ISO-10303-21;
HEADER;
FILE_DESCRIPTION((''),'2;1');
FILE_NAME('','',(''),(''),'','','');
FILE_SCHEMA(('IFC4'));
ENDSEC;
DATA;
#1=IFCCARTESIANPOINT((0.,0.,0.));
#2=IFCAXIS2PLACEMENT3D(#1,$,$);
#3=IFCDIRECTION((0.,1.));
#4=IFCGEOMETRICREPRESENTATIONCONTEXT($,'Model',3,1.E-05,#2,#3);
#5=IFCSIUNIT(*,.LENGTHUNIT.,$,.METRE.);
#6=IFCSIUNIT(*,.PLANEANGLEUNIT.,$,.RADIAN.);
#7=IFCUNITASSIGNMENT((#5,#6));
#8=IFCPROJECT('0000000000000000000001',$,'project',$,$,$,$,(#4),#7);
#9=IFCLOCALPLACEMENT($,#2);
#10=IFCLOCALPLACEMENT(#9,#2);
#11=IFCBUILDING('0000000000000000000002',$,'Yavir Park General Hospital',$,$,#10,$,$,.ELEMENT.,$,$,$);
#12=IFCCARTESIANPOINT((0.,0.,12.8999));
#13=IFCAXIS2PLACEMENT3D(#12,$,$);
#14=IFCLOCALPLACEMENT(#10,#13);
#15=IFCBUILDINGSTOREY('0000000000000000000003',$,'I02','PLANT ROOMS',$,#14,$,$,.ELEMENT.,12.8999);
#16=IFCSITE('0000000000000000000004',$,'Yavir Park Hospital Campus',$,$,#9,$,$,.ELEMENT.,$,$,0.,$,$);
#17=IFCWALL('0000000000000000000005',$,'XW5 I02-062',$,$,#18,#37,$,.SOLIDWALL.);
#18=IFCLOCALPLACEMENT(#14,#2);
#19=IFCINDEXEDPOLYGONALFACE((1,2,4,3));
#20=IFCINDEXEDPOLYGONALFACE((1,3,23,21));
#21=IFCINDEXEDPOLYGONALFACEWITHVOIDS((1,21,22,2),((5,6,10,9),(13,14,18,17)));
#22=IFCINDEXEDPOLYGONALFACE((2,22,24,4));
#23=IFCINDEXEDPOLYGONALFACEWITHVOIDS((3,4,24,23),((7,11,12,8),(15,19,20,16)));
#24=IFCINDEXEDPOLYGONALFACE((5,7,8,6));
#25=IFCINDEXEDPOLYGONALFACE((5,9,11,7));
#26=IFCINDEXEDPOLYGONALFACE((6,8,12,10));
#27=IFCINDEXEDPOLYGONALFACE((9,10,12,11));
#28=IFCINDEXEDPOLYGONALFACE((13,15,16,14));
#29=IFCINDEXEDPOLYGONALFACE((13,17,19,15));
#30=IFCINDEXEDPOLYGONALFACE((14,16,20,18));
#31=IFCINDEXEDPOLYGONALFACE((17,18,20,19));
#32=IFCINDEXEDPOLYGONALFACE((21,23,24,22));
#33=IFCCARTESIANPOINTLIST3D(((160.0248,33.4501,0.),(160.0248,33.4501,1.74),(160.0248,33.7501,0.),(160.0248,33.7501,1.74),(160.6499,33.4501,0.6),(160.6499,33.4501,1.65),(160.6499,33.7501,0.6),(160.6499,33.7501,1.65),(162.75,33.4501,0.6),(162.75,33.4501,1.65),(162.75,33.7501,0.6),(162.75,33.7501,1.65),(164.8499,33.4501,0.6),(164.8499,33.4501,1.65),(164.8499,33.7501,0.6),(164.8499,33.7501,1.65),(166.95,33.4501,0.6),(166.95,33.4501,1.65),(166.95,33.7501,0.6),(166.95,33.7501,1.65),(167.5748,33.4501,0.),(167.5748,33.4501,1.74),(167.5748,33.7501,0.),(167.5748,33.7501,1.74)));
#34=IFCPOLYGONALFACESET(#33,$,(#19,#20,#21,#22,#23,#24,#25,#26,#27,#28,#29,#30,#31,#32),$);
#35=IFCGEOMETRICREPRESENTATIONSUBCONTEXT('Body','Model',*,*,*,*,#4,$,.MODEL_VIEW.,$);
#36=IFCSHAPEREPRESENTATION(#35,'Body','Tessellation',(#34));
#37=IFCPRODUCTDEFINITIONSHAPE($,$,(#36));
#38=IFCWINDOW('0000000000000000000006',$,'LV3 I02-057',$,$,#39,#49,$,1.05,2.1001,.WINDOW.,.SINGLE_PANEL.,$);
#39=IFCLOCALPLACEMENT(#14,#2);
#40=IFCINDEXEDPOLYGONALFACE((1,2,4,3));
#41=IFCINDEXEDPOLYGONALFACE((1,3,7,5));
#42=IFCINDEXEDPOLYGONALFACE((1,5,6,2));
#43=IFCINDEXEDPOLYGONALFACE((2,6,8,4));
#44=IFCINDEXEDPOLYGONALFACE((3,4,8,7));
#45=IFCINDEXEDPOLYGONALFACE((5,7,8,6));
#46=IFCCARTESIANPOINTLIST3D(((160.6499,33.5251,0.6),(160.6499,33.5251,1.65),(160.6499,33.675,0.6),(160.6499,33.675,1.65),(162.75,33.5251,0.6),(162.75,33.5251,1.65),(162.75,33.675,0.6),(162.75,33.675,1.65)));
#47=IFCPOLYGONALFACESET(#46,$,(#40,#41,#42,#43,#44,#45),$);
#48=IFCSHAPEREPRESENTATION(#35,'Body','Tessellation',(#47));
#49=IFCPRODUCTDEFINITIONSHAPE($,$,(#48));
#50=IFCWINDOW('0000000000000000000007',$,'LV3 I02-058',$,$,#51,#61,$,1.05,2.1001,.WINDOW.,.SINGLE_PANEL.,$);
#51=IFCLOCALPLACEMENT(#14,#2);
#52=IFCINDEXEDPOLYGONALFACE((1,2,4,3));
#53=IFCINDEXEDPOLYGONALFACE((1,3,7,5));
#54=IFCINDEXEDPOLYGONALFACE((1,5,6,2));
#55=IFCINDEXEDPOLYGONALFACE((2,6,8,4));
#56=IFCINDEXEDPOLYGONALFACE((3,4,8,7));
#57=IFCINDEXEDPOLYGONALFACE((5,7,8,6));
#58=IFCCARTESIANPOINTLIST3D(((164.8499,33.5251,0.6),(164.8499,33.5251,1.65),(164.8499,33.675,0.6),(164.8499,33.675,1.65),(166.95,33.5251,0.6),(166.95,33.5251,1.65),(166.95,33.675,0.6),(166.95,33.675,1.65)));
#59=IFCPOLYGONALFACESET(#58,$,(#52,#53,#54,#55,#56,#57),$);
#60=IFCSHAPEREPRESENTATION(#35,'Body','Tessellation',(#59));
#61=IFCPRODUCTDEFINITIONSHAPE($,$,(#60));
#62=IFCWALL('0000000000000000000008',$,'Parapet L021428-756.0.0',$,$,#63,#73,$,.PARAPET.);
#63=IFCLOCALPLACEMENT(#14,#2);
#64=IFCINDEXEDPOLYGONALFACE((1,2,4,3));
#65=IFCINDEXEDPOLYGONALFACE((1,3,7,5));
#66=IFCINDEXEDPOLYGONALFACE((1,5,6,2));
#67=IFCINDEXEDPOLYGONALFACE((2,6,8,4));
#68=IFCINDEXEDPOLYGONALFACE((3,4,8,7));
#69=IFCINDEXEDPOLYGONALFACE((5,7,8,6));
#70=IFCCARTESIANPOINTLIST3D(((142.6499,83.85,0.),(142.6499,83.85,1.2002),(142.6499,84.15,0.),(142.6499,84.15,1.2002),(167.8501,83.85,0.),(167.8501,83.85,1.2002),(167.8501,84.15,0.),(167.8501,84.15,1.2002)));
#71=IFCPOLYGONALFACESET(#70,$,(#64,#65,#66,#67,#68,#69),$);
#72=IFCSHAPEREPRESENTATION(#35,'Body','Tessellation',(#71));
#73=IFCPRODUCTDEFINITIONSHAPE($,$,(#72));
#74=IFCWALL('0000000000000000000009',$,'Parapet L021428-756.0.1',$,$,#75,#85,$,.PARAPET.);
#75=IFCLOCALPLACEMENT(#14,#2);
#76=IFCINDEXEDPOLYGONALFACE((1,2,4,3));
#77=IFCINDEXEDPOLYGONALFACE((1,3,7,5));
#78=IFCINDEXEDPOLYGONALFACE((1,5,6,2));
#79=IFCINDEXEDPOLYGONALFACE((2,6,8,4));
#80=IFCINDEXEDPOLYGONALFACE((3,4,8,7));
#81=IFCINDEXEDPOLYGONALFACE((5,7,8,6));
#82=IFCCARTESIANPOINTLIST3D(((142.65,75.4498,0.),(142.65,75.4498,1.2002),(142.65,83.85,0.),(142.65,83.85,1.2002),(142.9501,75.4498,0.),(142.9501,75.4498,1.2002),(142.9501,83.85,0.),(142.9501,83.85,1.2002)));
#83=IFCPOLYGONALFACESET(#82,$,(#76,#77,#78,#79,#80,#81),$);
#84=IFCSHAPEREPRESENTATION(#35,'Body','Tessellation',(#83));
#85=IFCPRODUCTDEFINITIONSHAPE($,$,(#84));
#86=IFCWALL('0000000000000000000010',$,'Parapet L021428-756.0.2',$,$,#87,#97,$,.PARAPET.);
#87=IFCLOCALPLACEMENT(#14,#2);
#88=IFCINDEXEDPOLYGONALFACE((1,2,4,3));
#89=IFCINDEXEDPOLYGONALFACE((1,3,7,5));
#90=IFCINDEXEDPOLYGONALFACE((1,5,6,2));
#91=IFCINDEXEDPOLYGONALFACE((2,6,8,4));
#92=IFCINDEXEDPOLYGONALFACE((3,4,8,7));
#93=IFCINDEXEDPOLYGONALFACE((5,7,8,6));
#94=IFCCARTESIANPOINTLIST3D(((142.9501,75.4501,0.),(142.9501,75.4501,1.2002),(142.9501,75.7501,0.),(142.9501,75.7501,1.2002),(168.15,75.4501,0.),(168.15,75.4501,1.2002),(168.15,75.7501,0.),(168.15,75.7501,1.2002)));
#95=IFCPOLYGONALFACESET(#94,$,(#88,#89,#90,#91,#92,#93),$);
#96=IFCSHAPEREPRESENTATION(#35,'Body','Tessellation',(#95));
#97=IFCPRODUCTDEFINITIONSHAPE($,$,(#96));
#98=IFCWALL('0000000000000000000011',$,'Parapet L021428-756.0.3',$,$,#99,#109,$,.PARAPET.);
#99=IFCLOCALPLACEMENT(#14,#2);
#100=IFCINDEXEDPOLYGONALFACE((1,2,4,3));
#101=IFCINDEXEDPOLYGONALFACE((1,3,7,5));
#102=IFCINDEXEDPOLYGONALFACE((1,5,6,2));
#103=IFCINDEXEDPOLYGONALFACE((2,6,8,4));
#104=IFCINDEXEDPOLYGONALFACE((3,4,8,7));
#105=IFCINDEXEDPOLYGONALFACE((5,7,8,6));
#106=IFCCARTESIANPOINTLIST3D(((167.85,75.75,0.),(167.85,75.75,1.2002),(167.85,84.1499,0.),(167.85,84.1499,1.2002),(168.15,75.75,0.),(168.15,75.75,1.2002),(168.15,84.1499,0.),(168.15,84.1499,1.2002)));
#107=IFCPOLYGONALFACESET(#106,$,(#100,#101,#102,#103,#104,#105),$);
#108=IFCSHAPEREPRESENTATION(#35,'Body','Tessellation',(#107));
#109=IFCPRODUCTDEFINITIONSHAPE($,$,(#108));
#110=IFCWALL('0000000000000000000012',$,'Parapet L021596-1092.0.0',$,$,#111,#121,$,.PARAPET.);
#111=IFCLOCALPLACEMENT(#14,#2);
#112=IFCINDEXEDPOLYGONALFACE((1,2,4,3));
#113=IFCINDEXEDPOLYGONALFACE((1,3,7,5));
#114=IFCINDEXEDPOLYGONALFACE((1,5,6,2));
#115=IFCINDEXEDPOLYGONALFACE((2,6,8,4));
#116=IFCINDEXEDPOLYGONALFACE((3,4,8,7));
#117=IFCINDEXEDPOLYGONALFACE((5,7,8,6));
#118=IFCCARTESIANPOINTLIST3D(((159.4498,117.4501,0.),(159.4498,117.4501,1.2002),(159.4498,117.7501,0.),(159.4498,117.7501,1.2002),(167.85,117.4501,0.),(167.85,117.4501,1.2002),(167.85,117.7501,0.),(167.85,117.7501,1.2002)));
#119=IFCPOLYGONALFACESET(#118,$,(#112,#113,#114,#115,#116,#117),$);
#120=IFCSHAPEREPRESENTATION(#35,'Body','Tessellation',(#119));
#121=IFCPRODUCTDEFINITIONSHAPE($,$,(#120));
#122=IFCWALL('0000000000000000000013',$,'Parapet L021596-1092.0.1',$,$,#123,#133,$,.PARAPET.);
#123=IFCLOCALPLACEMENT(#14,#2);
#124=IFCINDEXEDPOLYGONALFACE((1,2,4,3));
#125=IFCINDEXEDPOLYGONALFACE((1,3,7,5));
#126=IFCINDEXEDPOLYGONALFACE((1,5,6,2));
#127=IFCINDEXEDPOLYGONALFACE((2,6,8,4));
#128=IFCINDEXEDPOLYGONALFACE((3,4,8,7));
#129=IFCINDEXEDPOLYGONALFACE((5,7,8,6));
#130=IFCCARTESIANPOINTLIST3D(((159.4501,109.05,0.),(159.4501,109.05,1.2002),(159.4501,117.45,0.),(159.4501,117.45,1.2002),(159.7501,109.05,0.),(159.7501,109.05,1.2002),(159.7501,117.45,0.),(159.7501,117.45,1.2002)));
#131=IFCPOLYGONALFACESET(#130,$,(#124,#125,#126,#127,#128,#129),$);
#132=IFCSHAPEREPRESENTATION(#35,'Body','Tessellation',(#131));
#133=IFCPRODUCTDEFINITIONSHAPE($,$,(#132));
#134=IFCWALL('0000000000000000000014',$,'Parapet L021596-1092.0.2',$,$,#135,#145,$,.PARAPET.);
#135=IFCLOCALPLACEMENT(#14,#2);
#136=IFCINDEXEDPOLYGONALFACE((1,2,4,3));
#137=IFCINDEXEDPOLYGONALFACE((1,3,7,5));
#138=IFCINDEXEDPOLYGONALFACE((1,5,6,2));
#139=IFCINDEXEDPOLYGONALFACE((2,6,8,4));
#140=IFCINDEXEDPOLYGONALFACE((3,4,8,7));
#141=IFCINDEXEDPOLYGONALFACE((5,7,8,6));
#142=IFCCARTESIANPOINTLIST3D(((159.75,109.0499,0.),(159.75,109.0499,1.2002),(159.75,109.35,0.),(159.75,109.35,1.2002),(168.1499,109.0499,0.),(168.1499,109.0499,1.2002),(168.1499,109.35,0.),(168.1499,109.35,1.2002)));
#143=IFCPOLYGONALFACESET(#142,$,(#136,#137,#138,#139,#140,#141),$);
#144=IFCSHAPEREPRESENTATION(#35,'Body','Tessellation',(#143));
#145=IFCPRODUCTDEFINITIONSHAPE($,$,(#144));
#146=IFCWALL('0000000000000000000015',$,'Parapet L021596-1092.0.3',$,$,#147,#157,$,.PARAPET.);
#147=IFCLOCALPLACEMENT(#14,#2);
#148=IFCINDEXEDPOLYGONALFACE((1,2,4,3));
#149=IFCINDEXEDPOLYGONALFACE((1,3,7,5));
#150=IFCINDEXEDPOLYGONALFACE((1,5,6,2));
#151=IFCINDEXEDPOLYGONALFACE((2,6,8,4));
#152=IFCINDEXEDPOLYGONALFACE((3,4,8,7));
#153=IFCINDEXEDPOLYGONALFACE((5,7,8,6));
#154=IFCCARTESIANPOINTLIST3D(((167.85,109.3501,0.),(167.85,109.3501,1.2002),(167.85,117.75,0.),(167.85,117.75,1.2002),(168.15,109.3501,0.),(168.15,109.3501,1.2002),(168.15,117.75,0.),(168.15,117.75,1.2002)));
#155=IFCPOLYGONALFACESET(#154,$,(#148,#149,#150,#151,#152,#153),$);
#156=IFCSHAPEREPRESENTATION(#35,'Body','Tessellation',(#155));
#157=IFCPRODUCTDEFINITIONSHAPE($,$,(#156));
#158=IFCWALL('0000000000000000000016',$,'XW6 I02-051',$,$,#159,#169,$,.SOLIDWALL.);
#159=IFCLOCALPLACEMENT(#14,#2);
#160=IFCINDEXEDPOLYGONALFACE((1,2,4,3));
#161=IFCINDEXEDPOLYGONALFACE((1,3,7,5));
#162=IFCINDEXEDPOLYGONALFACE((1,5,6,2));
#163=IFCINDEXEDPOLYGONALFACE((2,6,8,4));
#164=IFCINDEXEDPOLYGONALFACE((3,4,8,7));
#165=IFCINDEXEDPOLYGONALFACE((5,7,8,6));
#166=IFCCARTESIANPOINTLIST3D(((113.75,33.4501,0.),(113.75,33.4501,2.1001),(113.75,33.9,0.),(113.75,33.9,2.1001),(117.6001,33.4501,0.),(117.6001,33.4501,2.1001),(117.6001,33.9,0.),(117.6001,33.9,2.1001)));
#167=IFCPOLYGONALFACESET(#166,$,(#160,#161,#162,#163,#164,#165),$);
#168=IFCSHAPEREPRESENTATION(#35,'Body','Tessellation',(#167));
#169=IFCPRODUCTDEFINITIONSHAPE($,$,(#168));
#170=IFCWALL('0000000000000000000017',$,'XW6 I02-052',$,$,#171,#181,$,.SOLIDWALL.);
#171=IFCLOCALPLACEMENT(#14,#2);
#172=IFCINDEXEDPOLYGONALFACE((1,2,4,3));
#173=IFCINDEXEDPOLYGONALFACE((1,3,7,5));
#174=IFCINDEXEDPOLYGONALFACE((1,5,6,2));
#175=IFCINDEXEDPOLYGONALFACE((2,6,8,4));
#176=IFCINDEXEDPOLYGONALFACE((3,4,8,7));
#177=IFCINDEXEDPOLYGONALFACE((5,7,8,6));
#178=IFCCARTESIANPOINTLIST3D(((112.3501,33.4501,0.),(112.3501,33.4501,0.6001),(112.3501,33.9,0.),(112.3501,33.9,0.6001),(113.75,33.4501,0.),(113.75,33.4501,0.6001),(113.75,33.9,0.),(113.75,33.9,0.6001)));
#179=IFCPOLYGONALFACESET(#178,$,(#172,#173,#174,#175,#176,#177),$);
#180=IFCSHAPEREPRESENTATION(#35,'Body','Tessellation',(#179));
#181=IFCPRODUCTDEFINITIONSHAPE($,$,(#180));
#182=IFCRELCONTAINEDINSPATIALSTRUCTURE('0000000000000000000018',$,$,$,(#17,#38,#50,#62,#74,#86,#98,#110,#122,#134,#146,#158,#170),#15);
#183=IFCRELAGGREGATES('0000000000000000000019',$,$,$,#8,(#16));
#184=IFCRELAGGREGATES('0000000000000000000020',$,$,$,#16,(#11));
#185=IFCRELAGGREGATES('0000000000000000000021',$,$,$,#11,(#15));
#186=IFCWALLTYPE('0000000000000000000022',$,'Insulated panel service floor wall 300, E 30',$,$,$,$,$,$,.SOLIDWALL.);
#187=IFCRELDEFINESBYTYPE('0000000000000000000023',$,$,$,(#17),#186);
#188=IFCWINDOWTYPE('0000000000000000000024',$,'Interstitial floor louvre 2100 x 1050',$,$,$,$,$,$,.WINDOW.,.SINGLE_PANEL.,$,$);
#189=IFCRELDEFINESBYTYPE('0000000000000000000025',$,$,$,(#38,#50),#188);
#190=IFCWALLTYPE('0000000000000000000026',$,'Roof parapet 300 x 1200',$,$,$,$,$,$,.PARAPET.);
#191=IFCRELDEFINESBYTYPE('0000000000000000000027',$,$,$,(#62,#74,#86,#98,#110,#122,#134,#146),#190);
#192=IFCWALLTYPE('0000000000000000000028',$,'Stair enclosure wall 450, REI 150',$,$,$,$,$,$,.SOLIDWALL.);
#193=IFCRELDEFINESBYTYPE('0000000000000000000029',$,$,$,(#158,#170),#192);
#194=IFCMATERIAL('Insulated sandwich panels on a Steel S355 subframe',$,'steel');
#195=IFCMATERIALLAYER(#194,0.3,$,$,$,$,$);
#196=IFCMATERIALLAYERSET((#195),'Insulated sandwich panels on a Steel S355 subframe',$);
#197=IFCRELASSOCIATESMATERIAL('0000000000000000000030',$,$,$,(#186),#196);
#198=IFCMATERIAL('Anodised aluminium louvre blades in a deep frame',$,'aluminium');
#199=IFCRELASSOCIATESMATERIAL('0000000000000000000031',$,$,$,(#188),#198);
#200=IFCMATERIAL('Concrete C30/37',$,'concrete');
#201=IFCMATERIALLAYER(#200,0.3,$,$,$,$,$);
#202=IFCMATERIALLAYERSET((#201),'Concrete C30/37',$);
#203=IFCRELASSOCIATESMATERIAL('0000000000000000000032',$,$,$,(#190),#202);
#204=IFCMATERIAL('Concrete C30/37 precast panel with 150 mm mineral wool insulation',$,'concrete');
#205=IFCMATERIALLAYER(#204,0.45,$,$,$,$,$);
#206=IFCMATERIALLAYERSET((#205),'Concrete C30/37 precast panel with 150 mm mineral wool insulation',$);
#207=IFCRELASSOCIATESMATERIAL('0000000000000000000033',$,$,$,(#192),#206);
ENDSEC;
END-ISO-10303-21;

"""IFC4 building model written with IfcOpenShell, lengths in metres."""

from ifc_helpers import new_model, si_unit, direction, frame, frame_2d, origin, place, context, subcontext, project, spatial, rectangle, extrude, material, layer, layer_set, type_object, element, fill, save


model = new_model("IFC4")

# Units and contexts
model_context = context("Model", 3, precision=1e-05, world=origin(), true_north=direction((0.0, 1.0)))
body_context = subcontext(model_context, "Body", "Model", "MODEL_VIEW")
ifc_project = project(units=[si_unit("LENGTHUNIT", "METRE"), si_unit("PLANEANGLEUNIT", "RADIAN")], contexts=[model_context])

# Site, building, storey
site_placement = place(None, origin())
site = spatial("IfcSite", under=ifc_project, at=site_placement, Name="Yavir Park Hospital Campus", CompositionType="ELEMENT", RefElevation=0.0)
building_placement = place(site_placement, origin())
building = spatial("IfcBuilding", under=site, at=building_placement, Name="Yavir Park General Hospital", CompositionType="ELEMENT")
storey_placement = place(building_placement, frame((0.0, 0.0, 12.8999)))
storey = spatial("IfcBuildingStorey", under=building, at=storey_placement, Name="I02", Description="PLANT ROOMS", CompositionType="ELEMENT", Elevation=12.8999)

# Shared definitions
ifc_material_1 = material(Name="Insulated sandwich panels on a Steel S355 subframe", Category="steel")
ifc_layer_1 = layer(ifc_material_1, 0.3)
ifc_layer_set_1 = layer_set([ifc_layer_1], Name="Insulated sandwich panels on a Steel S355 subframe")
wall_type_1 = type_object("IfcWallType", Name="Insulated panel service floor wall 300, E 30", PredefinedType="SOLIDWALL", material=ifc_layer_set_1)
ifc_material_2 = material(Name="Anodised aluminium louvre blades in a deep frame", Category="aluminium")
window_type = type_object("IfcWindowType", Name="Interstitial floor louvre 2100 x 1050", PartitioningType="SINGLE_PANEL", PredefinedType="WINDOW", material=ifc_material_2)

# Wall, openings, windows
wall_1_placement = place(storey_placement, frame((160.0249, 33.6001, 0.0), z_axis=(0.0, 0.0, 1.0), x_axis=(1.0, 0.0, 0.0)))
wall_1 = element("IfcWall", 1, at=wall_1_placement, inside=storey, type_object=wall_type_1, Name="XW5 I02-062", PredefinedType="SOLIDWALL", context=body_context, shape_type="SweptSolid", body=[
    extrude(rectangle(XDim=7.55, YDim=0.3, at=frame_2d((3.7749, 0.0))), origin(), (0.0, 0.0, 1.0), 1.74),
])
opening_1_placement = place(wall_1_placement, frame((0.625, 0.0, 0.6001)))
opening_1 = element("IfcOpeningElement", 2, at=opening_1_placement, cuts=wall_1, PredefinedType="OPENING", context=body_context, shape_type="SweptSolid", body=[
    extrude(rectangle(XDim=2.1001, YDim=1.05, at=frame_2d((1.05, 0.5249))), frame((0.0, 0.1599, 0.0), z_axis=(0.0, -1.0, 0.0), x_axis=(1.0, 0.0, 0.0)), (0.0, 0.0, 1.0), 0.3201),
])
opening_2_placement = place(wall_1_placement, frame((4.825, 0.0, 0.6001)))
opening_2 = element("IfcOpeningElement", 3, at=opening_2_placement, cuts=wall_1, PredefinedType="OPENING", context=body_context, shape_type="SweptSolid", body=[
    extrude(rectangle(XDim=2.1001, YDim=1.05, at=frame_2d((1.05, 0.5249))), frame((0.0, 0.1599, 0.0), z_axis=(0.0, -1.0, 0.0), x_axis=(1.0, 0.0, 0.0)), (0.0, 0.0, 1.0), 0.3201),
])
window_1_placement = place(opening_1_placement, origin())
window_1 = element("IfcWindow", 4, at=window_1_placement, inside=storey, type_object=window_type, Name="LV3 I02-057", OverallHeight=1.05, OverallWidth=2.1001, PartitioningType="SINGLE_PANEL", PredefinedType="WINDOW", context=body_context, shape_type="SweptSolid", body=[
    extrude(rectangle(XDim=2.1001, YDim=1.05, at=frame_2d((1.05, 0.5249))), frame((0.0, 0.075, 0.0), z_axis=(0.0, -1.0, 0.0), x_axis=(1.0, 0.0, 0.0)), (0.0, 0.0, 1.0), 0.1499),
])
fill(opening_1, window_1)
window_2_placement = place(opening_2_placement, origin())
window_2 = element("IfcWindow", 5, at=window_2_placement, inside=storey, type_object=window_type, Name="LV3 I02-058", OverallHeight=1.05, OverallWidth=2.1001, PartitioningType="SINGLE_PANEL", PredefinedType="WINDOW", context=body_context, shape_type="SweptSolid", body=[
    extrude(rectangle(XDim=2.1001, YDim=1.05, at=frame_2d((1.05, 0.5249))), frame((0.0, 0.075, 0.0), z_axis=(0.0, -1.0, 0.0), x_axis=(1.0, 0.0, 0.0)), (0.0, 0.0, 1.0), 0.1499),
])
fill(opening_2, window_2)

# Walls
ifc_material_3 = material(Name="Concrete C30/37", Category="concrete")
ifc_layer_2 = layer(ifc_material_3, 0.3)
ifc_layer_set_2 = layer_set([ifc_layer_2], Name="Concrete C30/37")
wall_type_2 = type_object("IfcWallType", Name="Roof parapet 300 x 1200", PredefinedType="PARAPET", material=ifc_layer_set_2)
wall_2_placement = place(storey_placement, frame((167.8501, 84.0, 0.0), z_axis=(0.0, 0.0, 1.0), x_axis=(-1.0, 0.0, 0.0)))
element("IfcWall", 6, at=wall_2_placement, inside=storey, type_object=wall_type_2, Name="Parapet L021428-756.0.0", PredefinedType="PARAPET", context=body_context, shape_type="SweptSolid", body=[
    extrude(rectangle(XDim=25.2002, YDim=0.3, at=frame_2d((12.6001, 0.0))), origin(), (0.0, 0.0, 1.0), 1.2002),
])
wall_3_placement = place(storey_placement, frame((142.8, 83.8501, 0.0), z_axis=(0.0, 0.0, 1.0), x_axis=(0.0, -1.0, 0.0)))
element("IfcWall", 7, at=wall_3_placement, inside=storey, type_object=wall_type_2, Name="Parapet L021428-756.0.1", PredefinedType="PARAPET", context=body_context, shape_type="SweptSolid", body=[
    extrude(rectangle(XDim=8.4001, YDim=0.3, at=frame_2d((4.2002, 0.0))), origin(), (0.0, 0.0, 1.0), 1.2002),
])
wall_4_placement = place(storey_placement, frame((142.95, 75.6001, 0.0), z_axis=(0.0, 0.0, 1.0), x_axis=(1.0, 0.0, 0.0)))
element("IfcWall", 8, at=wall_4_placement, inside=storey, type_object=wall_type_2, Name="Parapet L021428-756.0.2", PredefinedType="PARAPET", context=body_context, shape_type="SweptSolid", body=[
    extrude(rectangle(XDim=25.2, YDim=0.3, at=frame_2d((12.6001, 0.0))), origin(), (0.0, 0.0, 1.0), 1.2002),
])
wall_5_placement = place(storey_placement, frame((168.0, 75.75, 0.0), z_axis=(0.0, 0.0, 1.0), x_axis=(0.0, 1.0, 0.0)))
element("IfcWall", 9, at=wall_5_placement, inside=storey, type_object=wall_type_2, Name="Parapet L021428-756.0.3", PredefinedType="PARAPET", context=body_context, shape_type="SweptSolid", body=[
    extrude(rectangle(XDim=8.3999, YDim=0.3, at=frame_2d((4.2, 0.0))), origin(), (0.0, 0.0, 1.0), 1.2002),
])
wall_6_placement = place(storey_placement, frame((167.8501, 117.6001, 0.0), z_axis=(0.0, 0.0, 1.0), x_axis=(-1.0, 0.0, 0.0)))
element("IfcWall", 10, at=wall_6_placement, inside=storey, type_object=wall_type_2, Name="Parapet L021596-1092.0.0", PredefinedType="PARAPET", context=body_context, shape_type="SweptSolid", body=[
    extrude(rectangle(XDim=8.4001, YDim=0.3, at=frame_2d((4.2002, 0.0))), origin(), (0.0, 0.0, 1.0), 1.2002),
])
for number, where, z_axis, x_axis, name in (
    (11, (159.6001, 117.45, 0.0), (0.0, 0.0, 1.0), (0.0, -1.0, 0.0), "Parapet L021596-1092.0.1"),
    (12, (159.75, 109.2, 0.0), (0.0, 0.0, 1.0), (1.0, 0.0, 0.0), "Parapet L021596-1092.0.2"),
    (13, (168.0, 109.3501, 0.0), (0.0, 0.0, 1.0), (0.0, 1.0, 0.0), "Parapet L021596-1092.0.3"),
):
    element("IfcWall", number, at=place(storey_placement, frame(where, z_axis=z_axis, x_axis=x_axis)), inside=storey, type_object=wall_type_2, Name=name, PredefinedType="PARAPET", context=body_context, shape_type="SweptSolid", body=[
        extrude(rectangle(XDim=8.3999, YDim=0.3, at=frame_2d((4.2, 0.0))), origin(), (0.0, 0.0, 1.0), 1.2002),
    ])
ifc_material_4 = material(Name="Concrete C30/37 precast panel with 150 mm mineral wool insulation", Category="concrete")
ifc_layer_3 = layer(ifc_material_4, 0.45)
ifc_layer_set_3 = layer_set([ifc_layer_3], Name="Concrete C30/37 precast panel with 150 mm mineral wool insulation")
wall_type_3 = type_object("IfcWallType", Name="Stair enclosure wall 450, REI 150", PredefinedType="SOLIDWALL", material=ifc_layer_set_3)
wall_7_placement = place(storey_placement, frame((113.75, 33.675, 0.0), z_axis=(0.0, 0.0, 1.0), x_axis=(1.0, 0.0, 0.0)))
element("IfcWall", 14, at=wall_7_placement, inside=storey, type_object=wall_type_3, Name="XW6 I02-051", PredefinedType="SOLIDWALL", context=body_context, shape_type="SweptSolid", body=[
    extrude(rectangle(XDim=3.8501, YDim=0.45, at=frame_2d((1.925, 0.0))), origin(), (0.0, 0.0, 1.0), 2.1001),
])
wall_8_placement = place(storey_placement, frame((112.3501, 33.675, 0.0), z_axis=(0.0, 0.0, 1.0), x_axis=(1.0, 0.0, 0.0)))
element("IfcWall", 15, at=wall_8_placement, inside=storey, type_object=wall_type_3, Name="XW6 I02-052", PredefinedType="SOLIDWALL", context=body_context, shape_type="SweptSolid", body=[
    extrude(rectangle(XDim=1.3999, YDim=0.45, at=frame_2d((0.7, 0.0))), origin(), (0.0, 0.0, 1.0), 0.6001),
])

save(model, "model.ifc")
